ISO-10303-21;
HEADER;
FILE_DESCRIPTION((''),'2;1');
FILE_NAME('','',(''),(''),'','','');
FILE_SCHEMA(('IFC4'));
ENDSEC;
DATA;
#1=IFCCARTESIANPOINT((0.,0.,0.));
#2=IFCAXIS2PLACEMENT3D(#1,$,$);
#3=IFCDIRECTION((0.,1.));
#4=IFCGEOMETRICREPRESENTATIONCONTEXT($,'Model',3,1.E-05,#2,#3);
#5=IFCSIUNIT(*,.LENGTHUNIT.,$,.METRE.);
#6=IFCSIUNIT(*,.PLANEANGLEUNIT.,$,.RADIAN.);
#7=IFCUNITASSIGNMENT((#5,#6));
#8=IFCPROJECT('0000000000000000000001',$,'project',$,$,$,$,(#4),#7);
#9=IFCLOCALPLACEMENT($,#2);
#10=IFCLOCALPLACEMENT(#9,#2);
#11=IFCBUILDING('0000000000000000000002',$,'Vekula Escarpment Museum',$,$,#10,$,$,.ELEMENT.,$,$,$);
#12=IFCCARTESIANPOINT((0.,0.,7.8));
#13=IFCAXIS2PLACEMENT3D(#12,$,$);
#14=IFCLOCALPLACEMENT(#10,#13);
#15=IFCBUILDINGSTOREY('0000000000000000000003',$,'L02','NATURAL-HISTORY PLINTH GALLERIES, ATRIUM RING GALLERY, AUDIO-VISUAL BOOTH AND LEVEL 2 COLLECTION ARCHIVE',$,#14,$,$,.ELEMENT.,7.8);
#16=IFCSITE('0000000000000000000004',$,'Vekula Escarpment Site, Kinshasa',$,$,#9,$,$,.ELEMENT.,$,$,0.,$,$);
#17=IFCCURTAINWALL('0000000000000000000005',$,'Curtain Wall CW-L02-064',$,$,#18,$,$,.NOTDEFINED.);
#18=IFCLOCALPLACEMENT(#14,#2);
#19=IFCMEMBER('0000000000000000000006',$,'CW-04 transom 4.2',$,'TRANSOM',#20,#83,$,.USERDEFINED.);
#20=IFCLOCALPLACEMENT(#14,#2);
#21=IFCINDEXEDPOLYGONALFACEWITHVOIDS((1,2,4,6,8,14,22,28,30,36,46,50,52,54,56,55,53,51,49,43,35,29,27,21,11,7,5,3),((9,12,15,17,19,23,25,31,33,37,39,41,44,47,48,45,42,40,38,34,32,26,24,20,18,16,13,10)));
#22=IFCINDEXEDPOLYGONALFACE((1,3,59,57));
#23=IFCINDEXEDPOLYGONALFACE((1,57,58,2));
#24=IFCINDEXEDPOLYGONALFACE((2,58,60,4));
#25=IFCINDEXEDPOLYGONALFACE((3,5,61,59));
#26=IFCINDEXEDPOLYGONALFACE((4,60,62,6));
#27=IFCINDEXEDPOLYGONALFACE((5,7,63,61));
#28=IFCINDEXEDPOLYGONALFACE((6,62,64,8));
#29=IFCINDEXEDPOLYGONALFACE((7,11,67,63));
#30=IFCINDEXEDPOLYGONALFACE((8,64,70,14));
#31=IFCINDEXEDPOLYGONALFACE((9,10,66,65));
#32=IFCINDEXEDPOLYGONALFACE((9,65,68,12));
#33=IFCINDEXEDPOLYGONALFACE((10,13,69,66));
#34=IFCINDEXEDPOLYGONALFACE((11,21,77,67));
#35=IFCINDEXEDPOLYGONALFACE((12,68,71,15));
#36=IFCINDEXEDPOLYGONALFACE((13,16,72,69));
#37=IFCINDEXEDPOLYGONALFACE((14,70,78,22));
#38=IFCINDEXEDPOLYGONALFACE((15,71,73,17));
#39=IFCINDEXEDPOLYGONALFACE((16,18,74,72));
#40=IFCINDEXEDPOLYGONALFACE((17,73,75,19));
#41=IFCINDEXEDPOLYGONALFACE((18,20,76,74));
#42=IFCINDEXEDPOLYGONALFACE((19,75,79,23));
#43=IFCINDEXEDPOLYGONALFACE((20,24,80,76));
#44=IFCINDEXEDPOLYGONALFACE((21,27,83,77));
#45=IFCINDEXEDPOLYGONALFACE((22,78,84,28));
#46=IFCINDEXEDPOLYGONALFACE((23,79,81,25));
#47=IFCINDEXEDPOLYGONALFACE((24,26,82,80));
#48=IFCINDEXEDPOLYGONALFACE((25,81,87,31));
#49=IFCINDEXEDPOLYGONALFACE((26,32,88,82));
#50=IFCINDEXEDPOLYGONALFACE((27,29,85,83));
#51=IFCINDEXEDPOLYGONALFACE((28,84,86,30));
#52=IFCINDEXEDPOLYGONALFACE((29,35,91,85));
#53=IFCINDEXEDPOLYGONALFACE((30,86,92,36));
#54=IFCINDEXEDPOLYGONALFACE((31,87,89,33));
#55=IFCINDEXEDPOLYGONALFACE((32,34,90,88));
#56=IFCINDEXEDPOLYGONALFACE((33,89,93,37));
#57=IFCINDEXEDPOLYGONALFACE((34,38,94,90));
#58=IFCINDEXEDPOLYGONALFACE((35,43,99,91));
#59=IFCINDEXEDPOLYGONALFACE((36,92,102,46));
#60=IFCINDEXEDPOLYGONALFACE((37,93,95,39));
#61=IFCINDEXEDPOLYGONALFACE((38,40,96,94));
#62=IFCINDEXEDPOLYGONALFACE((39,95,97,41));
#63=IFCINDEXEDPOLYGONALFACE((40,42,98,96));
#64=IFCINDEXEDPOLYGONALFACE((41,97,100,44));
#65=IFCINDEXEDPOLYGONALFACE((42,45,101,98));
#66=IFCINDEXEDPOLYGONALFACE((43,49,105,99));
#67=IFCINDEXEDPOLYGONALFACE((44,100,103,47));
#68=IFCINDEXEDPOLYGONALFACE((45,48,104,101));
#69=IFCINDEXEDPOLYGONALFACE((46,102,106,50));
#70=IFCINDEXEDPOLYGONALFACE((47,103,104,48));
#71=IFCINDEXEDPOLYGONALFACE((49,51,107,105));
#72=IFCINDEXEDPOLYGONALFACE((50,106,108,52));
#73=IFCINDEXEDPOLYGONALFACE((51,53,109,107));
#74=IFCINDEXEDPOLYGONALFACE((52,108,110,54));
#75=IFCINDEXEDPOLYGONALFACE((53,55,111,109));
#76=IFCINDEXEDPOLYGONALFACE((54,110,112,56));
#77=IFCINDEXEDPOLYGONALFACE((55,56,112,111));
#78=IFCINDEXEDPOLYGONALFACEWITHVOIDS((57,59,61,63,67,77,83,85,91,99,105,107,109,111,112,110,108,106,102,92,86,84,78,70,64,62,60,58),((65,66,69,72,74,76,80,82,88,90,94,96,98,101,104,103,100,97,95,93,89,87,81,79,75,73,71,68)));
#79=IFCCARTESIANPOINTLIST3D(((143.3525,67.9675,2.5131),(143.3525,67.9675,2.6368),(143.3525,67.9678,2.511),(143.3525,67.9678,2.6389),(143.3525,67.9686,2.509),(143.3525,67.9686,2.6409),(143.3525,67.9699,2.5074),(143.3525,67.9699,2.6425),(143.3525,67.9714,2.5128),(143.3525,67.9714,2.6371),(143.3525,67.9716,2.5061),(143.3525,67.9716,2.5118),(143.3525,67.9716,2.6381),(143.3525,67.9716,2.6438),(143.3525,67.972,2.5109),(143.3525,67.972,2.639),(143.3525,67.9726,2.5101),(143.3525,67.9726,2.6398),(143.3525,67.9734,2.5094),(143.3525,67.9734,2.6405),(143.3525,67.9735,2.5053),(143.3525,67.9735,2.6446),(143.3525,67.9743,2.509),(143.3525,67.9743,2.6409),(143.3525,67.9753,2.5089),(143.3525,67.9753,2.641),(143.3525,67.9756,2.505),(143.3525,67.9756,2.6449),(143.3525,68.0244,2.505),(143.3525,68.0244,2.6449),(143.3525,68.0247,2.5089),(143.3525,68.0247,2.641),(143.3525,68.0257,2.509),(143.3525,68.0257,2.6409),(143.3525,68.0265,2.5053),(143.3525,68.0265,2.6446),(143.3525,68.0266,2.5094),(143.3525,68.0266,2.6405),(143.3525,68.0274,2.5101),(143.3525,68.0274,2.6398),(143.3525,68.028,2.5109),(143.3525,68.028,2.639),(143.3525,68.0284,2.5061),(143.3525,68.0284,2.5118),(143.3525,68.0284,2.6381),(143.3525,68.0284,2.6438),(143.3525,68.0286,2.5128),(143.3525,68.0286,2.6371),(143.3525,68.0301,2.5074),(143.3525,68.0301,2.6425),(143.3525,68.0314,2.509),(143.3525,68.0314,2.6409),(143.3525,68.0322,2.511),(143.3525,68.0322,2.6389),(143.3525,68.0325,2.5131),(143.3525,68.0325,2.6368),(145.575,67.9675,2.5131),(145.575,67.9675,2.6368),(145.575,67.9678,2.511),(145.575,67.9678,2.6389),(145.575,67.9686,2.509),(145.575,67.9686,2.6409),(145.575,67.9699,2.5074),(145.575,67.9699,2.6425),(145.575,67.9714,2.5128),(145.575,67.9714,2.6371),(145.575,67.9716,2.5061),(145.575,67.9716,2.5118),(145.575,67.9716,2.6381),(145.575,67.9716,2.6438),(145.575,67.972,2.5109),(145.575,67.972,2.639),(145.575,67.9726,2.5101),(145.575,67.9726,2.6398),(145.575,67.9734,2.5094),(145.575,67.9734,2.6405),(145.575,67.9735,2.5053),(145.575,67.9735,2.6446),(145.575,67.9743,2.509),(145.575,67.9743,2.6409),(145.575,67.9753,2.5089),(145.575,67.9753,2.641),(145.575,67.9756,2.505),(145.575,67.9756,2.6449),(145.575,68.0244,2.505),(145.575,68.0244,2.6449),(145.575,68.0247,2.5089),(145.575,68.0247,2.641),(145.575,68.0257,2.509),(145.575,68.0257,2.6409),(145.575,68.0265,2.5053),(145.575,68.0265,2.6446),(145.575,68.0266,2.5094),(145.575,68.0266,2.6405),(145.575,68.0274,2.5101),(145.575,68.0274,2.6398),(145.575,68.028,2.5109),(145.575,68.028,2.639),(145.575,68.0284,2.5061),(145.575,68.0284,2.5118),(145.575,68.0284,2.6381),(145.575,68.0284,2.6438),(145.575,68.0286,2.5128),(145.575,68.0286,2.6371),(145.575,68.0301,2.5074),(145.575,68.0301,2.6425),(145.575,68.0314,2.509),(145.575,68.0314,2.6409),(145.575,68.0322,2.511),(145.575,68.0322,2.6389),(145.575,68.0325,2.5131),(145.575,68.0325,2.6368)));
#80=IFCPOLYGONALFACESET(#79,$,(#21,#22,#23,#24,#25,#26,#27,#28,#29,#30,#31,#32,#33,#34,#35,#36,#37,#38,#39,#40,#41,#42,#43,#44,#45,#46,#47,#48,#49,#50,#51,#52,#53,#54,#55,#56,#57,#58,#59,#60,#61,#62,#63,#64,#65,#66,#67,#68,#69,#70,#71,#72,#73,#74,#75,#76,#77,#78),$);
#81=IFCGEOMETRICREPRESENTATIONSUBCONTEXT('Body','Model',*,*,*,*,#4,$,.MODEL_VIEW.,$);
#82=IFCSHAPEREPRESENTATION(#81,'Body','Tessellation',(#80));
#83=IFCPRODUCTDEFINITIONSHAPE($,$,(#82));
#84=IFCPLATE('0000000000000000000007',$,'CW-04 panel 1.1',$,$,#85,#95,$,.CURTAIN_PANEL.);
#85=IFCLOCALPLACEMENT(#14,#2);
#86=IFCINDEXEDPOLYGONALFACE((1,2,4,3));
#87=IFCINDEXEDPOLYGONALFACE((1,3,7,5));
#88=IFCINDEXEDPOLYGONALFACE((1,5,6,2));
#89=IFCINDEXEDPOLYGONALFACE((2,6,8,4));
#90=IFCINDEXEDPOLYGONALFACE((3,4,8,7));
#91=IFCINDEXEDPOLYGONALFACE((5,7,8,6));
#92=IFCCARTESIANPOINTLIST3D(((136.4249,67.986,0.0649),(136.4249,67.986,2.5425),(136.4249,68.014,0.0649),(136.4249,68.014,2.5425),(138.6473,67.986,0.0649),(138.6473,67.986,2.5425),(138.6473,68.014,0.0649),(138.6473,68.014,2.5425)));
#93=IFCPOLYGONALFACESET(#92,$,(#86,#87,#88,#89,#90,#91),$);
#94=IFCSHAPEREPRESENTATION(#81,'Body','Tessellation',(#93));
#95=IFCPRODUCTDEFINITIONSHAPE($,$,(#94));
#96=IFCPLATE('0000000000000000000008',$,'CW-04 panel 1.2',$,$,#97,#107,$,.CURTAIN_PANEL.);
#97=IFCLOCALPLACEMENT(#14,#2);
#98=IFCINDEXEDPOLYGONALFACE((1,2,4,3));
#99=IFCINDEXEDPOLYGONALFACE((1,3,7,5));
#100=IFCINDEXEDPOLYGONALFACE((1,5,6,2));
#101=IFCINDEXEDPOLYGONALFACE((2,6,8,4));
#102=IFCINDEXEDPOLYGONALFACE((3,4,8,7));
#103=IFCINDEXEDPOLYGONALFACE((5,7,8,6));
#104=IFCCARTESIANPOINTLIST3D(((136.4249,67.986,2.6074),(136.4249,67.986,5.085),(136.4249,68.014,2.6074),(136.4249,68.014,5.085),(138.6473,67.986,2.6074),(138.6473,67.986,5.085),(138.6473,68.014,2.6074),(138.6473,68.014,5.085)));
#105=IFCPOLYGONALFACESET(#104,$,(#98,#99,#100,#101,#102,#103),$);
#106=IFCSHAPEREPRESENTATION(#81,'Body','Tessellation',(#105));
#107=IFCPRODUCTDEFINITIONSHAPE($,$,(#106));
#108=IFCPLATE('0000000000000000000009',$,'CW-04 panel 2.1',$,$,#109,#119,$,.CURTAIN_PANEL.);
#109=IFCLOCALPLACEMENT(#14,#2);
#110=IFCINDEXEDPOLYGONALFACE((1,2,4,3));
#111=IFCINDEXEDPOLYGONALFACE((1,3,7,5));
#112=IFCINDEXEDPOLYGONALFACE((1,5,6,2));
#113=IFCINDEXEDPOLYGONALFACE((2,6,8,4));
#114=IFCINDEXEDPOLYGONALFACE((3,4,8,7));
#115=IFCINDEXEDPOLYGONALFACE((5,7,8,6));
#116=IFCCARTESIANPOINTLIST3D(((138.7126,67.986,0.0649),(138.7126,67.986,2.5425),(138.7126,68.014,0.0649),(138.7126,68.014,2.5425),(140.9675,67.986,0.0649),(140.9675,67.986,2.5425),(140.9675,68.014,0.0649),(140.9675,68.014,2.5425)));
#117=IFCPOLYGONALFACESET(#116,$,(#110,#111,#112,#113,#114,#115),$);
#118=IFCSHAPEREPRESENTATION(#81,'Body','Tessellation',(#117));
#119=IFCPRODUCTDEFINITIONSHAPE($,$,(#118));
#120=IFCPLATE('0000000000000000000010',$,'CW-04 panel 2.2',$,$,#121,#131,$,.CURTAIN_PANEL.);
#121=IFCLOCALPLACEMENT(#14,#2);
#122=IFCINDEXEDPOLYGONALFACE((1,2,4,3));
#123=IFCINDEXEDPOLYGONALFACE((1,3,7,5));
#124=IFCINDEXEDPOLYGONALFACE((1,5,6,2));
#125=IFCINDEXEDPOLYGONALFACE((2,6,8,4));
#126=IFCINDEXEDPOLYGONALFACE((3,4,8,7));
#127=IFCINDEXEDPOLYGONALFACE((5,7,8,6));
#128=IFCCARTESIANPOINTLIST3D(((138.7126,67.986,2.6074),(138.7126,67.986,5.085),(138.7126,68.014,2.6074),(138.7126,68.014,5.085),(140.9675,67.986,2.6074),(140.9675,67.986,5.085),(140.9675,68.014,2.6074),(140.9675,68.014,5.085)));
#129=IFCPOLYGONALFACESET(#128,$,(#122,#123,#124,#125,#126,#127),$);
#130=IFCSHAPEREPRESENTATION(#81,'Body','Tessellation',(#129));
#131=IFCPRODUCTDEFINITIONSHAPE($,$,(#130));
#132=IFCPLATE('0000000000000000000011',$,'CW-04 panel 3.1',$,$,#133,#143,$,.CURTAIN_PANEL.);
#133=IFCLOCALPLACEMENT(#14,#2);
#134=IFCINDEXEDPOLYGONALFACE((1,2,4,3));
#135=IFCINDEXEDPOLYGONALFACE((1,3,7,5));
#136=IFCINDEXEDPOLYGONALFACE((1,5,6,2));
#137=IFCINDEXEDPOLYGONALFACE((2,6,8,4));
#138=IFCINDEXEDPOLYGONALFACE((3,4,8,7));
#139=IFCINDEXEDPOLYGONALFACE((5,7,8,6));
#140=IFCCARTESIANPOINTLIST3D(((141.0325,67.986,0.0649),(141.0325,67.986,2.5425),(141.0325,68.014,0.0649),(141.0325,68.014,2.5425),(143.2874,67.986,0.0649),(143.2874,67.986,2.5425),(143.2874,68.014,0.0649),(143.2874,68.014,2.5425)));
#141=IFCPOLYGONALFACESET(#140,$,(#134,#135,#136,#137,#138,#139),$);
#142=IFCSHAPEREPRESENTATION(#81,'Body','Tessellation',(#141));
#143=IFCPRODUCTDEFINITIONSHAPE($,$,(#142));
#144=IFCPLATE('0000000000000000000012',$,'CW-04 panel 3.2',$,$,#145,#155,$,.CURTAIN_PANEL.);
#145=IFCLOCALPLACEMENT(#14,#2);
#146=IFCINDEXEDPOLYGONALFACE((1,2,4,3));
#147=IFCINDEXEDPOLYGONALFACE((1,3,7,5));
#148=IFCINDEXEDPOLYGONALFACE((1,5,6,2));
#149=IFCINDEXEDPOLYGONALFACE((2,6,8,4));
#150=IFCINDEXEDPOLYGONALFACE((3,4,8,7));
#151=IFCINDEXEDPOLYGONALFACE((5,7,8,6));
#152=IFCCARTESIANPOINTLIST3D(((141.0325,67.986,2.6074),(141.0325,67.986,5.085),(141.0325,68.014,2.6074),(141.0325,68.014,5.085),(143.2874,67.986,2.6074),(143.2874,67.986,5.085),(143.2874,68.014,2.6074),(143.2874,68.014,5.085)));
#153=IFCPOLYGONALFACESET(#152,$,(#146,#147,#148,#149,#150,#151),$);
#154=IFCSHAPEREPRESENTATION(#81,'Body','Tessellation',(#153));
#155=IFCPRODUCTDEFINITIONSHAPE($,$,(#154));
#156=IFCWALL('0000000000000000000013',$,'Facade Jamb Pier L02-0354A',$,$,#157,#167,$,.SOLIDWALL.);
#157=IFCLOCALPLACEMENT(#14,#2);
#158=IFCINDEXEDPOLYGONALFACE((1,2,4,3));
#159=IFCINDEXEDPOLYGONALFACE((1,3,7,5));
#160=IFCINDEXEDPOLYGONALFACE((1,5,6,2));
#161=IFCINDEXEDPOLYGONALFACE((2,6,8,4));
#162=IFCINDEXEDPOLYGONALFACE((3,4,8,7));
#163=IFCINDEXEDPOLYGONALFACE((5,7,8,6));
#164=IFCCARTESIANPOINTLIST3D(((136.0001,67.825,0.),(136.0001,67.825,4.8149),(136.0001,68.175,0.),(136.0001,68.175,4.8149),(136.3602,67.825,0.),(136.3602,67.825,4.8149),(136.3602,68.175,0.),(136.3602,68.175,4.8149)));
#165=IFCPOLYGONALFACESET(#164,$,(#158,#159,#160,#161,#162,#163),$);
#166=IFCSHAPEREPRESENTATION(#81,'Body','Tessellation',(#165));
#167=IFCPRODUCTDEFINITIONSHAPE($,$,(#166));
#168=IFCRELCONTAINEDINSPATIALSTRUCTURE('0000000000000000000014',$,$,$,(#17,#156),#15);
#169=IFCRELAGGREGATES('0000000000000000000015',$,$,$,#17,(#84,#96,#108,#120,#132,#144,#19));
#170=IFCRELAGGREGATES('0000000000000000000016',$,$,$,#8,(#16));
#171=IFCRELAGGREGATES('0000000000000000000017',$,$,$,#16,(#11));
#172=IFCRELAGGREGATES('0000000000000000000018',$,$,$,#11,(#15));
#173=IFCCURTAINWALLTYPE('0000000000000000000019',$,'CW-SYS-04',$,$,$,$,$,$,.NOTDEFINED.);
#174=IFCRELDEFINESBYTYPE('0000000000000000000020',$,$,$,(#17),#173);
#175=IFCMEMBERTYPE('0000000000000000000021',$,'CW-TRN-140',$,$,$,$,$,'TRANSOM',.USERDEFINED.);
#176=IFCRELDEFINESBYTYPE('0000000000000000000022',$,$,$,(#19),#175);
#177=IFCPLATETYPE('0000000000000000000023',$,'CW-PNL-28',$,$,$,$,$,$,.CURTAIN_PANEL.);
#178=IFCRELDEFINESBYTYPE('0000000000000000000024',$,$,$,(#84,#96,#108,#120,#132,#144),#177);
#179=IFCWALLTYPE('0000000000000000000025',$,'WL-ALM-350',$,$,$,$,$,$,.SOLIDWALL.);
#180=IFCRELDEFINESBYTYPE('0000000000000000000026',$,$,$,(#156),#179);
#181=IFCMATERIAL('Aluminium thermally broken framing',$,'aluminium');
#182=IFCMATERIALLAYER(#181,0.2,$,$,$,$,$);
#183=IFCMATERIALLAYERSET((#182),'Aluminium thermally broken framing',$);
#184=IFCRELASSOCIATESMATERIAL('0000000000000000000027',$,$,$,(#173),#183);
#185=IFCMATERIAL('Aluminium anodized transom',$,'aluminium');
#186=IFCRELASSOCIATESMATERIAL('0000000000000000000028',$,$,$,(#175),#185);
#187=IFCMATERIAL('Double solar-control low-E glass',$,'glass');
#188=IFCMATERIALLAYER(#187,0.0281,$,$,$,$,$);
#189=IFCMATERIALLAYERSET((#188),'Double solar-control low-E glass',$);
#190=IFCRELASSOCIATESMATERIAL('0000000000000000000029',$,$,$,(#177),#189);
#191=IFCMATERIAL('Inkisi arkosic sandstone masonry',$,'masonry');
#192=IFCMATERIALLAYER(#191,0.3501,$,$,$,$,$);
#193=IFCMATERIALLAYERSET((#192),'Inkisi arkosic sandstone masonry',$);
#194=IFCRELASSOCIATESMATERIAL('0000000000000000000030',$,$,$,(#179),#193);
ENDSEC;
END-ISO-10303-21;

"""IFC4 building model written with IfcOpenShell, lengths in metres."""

from ifc_helpers import new_model, si_unit, direction, frame, frame_2d, origin, origin_2d, place, context, subcontext, project, spatial, rectangle, hollow_rectangle, extrude, material, layer, layer_set, material_profile, profile_set, type_object, element, aggregate, save


model = new_model("IFC4")

# Units and contexts
model_context = context("Model", 3, precision=1e-05, world=origin(), true_north=direction((0.0, 1.0)))
body_context = subcontext(model_context, "Body", "Model", "MODEL_VIEW")
ifc_project = project(units=[si_unit("LENGTHUNIT", "METRE"), si_unit("PLANEANGLEUNIT", "RADIAN")], contexts=[model_context])

# Site, building, storey
site_placement = place(None, origin())
site = spatial("IfcSite", under=ifc_project, at=site_placement, Name="Vekula Escarpment Site, Kinshasa", CompositionType="ELEMENT", RefElevation=0.0)
building_placement = place(site_placement, origin())
building = spatial("IfcBuilding", under=site, at=building_placement, Name="Vekula Escarpment Museum", CompositionType="ELEMENT")
storey_placement = place(building_placement, frame((0.0, 0.0, 7.8)))
storey = spatial("IfcBuildingStorey", under=building, at=storey_placement, Name="L02", Description="NATURAL-HISTORY PLINTH GALLERIES, ATRIUM RING GALLERY, AUDIO-VISUAL BOOTH AND LEVEL 2 COLLECTION ARCHIVE", CompositionType="ELEMENT", Elevation=7.8)

# Curtain wall, member, plates
ifc_material_1 = material(Name="Aluminium thermally broken framing", Category="aluminium")
ifc_layer_1 = layer(ifc_material_1, 0.2)
ifc_layer_set_1 = layer_set([ifc_layer_1], Name="Aluminium thermally broken framing")
curtain_wall_type = type_object("IfcCurtainWallType", Name="CW-SYS-04", PredefinedType="NOTDEFINED", material=ifc_layer_set_1)
curtain_wall_placement = place(storey_placement, origin())
curtain_wall = element("IfcCurtainWall", 1, at=curtain_wall_placement, inside=storey, type_object=curtain_wall_type, Name="Curtain Wall CW-L02-064", PredefinedType="NOTDEFINED")
ifc_material_2 = material(Name="Aluminium anodized transom", Category="aluminium")
ifc_material_profile_1 = material_profile(ifc_material_2, hollow_rectangle(XDim=0.0649, YDim=0.1399, WallThickness=0.0039, InnerFilletRadius=0.0039, OuterFilletRadius=0.0081, at=origin_2d()), Name="ALU 140x65x4")
ifc_profile_set_1 = profile_set([ifc_material_profile_1], Name="Aluminium anodized transom")
member_type_1 = type_object("IfcMemberType", Name="CW-TRN-140", ElementType="TRANSOM", PredefinedType="USERDEFINED", material=ifc_profile_set_1)
member_1_placement = place(storey_placement, frame((143.3525, 68.0, 2.575), z_axis=(1.0, 0.0, 0.0), x_axis=(0.0, 1.0, 0.0)))
member_1 = element("IfcMember", 2, at=member_1_placement, type_object=member_type_1, Name="CW-04 transom 4.2", ObjectType="TRANSOM", PredefinedType="USERDEFINED", context=body_context, shape_type="SweptSolid", body=[
    extrude(hollow_rectangle(XDim=0.0649, YDim=0.1399, WallThickness=0.0039, InnerFilletRadius=0.0039, OuterFilletRadius=0.0081, at=origin_2d()), origin(), (0.0, 0.0, 1.0), 2.2224),
])
ifc_material_3 = material(Name="Double solar-control low-E glass", Category="glass")
ifc_layer_2 = layer(ifc_material_3, 0.0281)
ifc_layer_set_2 = layer_set([ifc_layer_2], Name="Double solar-control low-E glass")
plate_type = type_object("IfcPlateType", Name="CW-PNL-28", PredefinedType="CURTAIN_PANEL", material=ifc_layer_set_2)
plate_1_placement = place(storey_placement, frame((137.5361, 68.0, 0.0649), z_axis=(0.0, 0.0, 1.0), x_axis=(1.0, 0.0, 0.0)))
plate_1 = element("IfcPlate", 3, at=plate_1_placement, type_object=plate_type, Name="CW-04 panel 1.1", PredefinedType="CURTAIN_PANEL", context=body_context, shape_type="SweptSolid", body=[
    extrude(rectangle(XDim=2.2224, YDim=0.0281, at=origin_2d()), origin(), (0.0, 0.0, 1.0), 2.4775),
])
plate_2_placement = place(storey_placement, frame((137.5361, 68.0, 2.6074), z_axis=(0.0, 0.0, 1.0), x_axis=(1.0, 0.0, 0.0)))
plate_2 = element("IfcPlate", 4, at=plate_2_placement, type_object=plate_type, Name="CW-04 panel 1.2", PredefinedType="CURTAIN_PANEL", context=body_context, shape_type="SweptSolid", body=[
    extrude(rectangle(XDim=2.2224, YDim=0.0281, at=origin_2d()), origin(), (0.0, 0.0, 1.0), 2.4775),
])
plate_3_placement = place(storey_placement, frame((139.8401, 68.0, 0.0649), z_axis=(0.0, 0.0, 1.0), x_axis=(1.0, 0.0, 0.0)))
plate_3 = element("IfcPlate", 5, at=plate_3_placement, type_object=plate_type, Name="CW-04 panel 2.1", PredefinedType="CURTAIN_PANEL", context=body_context, shape_type="SweptSolid", body=[
    extrude(rectangle(XDim=2.2549, YDim=0.0281, at=origin_2d()), origin(), (0.0, 0.0, 1.0), 2.4775),
])
plate_4_placement = place(storey_placement, frame((139.8401, 68.0, 2.6074), z_axis=(0.0, 0.0, 1.0), x_axis=(1.0, 0.0, 0.0)))
plate_4 = element("IfcPlate", 6, at=plate_4_placement, type_object=plate_type, Name="CW-04 panel 2.2", PredefinedType="CURTAIN_PANEL", context=body_context, shape_type="SweptSolid", body=[
    extrude(rectangle(XDim=2.2549, YDim=0.0281, at=origin_2d()), origin(), (0.0, 0.0, 1.0), 2.4775),
])
plate_5_placement = place(storey_placement, frame((142.1599, 68.0, 0.0649), z_axis=(0.0, 0.0, 1.0), x_axis=(1.0, 0.0, 0.0)))
plate_5 = element("IfcPlate", 7, at=plate_5_placement, type_object=plate_type, Name="CW-04 panel 3.1", PredefinedType="CURTAIN_PANEL", context=body_context, shape_type="SweptSolid", body=[
    extrude(rectangle(XDim=2.2549, YDim=0.0281, at=origin_2d()), origin(), (0.0, 0.0, 1.0), 2.4775),
])
plate_6_placement = place(storey_placement, frame((142.1599, 68.0, 2.6074), z_axis=(0.0, 0.0, 1.0), x_axis=(1.0, 0.0, 0.0)))
plate_6 = element("IfcPlate", 8, at=plate_6_placement, type_object=plate_type, Name="CW-04 panel 3.2", PredefinedType="CURTAIN_PANEL", context=body_context, shape_type="SweptSolid", body=[
    extrude(rectangle(XDim=2.2549, YDim=0.0281, at=origin_2d()), origin(), (0.0, 0.0, 1.0), 2.4775),
])
aggregate(curtain_wall, [plate_1, plate_2, plate_3, plate_4, plate_5, plate_6, member_1])

# Wall
ifc_material_4 = material(Name="Inkisi arkosic sandstone masonry", Category="masonry")
ifc_layer_3 = layer(ifc_material_4, 0.3501)
ifc_layer_set_3 = layer_set([ifc_layer_3], Name="Inkisi arkosic sandstone masonry")
wall_type = type_object("IfcWallType", Name="WL-ALM-350", PredefinedType="SOLIDWALL", material=ifc_layer_set_3)
wall_placement = place(storey_placement, frame((136.0, 68.0, 0.0), z_axis=(0.0, 0.0, 1.0), x_axis=(1.0, 0.0, 0.0)))
element("IfcWall", 9, at=wall_placement, inside=storey, type_object=wall_type, Name="Facade Jamb Pier L02-0354A", PredefinedType="SOLIDWALL", context=body_context, shape_type="SweptSolid", body=[
    extrude(rectangle(XDim=0.3601, YDim=0.3501, at=frame_2d((0.1802, 0.0))), origin(), (0.0, 0.0, 1.0), 4.8149),
])

save(model, "model.ifc")
